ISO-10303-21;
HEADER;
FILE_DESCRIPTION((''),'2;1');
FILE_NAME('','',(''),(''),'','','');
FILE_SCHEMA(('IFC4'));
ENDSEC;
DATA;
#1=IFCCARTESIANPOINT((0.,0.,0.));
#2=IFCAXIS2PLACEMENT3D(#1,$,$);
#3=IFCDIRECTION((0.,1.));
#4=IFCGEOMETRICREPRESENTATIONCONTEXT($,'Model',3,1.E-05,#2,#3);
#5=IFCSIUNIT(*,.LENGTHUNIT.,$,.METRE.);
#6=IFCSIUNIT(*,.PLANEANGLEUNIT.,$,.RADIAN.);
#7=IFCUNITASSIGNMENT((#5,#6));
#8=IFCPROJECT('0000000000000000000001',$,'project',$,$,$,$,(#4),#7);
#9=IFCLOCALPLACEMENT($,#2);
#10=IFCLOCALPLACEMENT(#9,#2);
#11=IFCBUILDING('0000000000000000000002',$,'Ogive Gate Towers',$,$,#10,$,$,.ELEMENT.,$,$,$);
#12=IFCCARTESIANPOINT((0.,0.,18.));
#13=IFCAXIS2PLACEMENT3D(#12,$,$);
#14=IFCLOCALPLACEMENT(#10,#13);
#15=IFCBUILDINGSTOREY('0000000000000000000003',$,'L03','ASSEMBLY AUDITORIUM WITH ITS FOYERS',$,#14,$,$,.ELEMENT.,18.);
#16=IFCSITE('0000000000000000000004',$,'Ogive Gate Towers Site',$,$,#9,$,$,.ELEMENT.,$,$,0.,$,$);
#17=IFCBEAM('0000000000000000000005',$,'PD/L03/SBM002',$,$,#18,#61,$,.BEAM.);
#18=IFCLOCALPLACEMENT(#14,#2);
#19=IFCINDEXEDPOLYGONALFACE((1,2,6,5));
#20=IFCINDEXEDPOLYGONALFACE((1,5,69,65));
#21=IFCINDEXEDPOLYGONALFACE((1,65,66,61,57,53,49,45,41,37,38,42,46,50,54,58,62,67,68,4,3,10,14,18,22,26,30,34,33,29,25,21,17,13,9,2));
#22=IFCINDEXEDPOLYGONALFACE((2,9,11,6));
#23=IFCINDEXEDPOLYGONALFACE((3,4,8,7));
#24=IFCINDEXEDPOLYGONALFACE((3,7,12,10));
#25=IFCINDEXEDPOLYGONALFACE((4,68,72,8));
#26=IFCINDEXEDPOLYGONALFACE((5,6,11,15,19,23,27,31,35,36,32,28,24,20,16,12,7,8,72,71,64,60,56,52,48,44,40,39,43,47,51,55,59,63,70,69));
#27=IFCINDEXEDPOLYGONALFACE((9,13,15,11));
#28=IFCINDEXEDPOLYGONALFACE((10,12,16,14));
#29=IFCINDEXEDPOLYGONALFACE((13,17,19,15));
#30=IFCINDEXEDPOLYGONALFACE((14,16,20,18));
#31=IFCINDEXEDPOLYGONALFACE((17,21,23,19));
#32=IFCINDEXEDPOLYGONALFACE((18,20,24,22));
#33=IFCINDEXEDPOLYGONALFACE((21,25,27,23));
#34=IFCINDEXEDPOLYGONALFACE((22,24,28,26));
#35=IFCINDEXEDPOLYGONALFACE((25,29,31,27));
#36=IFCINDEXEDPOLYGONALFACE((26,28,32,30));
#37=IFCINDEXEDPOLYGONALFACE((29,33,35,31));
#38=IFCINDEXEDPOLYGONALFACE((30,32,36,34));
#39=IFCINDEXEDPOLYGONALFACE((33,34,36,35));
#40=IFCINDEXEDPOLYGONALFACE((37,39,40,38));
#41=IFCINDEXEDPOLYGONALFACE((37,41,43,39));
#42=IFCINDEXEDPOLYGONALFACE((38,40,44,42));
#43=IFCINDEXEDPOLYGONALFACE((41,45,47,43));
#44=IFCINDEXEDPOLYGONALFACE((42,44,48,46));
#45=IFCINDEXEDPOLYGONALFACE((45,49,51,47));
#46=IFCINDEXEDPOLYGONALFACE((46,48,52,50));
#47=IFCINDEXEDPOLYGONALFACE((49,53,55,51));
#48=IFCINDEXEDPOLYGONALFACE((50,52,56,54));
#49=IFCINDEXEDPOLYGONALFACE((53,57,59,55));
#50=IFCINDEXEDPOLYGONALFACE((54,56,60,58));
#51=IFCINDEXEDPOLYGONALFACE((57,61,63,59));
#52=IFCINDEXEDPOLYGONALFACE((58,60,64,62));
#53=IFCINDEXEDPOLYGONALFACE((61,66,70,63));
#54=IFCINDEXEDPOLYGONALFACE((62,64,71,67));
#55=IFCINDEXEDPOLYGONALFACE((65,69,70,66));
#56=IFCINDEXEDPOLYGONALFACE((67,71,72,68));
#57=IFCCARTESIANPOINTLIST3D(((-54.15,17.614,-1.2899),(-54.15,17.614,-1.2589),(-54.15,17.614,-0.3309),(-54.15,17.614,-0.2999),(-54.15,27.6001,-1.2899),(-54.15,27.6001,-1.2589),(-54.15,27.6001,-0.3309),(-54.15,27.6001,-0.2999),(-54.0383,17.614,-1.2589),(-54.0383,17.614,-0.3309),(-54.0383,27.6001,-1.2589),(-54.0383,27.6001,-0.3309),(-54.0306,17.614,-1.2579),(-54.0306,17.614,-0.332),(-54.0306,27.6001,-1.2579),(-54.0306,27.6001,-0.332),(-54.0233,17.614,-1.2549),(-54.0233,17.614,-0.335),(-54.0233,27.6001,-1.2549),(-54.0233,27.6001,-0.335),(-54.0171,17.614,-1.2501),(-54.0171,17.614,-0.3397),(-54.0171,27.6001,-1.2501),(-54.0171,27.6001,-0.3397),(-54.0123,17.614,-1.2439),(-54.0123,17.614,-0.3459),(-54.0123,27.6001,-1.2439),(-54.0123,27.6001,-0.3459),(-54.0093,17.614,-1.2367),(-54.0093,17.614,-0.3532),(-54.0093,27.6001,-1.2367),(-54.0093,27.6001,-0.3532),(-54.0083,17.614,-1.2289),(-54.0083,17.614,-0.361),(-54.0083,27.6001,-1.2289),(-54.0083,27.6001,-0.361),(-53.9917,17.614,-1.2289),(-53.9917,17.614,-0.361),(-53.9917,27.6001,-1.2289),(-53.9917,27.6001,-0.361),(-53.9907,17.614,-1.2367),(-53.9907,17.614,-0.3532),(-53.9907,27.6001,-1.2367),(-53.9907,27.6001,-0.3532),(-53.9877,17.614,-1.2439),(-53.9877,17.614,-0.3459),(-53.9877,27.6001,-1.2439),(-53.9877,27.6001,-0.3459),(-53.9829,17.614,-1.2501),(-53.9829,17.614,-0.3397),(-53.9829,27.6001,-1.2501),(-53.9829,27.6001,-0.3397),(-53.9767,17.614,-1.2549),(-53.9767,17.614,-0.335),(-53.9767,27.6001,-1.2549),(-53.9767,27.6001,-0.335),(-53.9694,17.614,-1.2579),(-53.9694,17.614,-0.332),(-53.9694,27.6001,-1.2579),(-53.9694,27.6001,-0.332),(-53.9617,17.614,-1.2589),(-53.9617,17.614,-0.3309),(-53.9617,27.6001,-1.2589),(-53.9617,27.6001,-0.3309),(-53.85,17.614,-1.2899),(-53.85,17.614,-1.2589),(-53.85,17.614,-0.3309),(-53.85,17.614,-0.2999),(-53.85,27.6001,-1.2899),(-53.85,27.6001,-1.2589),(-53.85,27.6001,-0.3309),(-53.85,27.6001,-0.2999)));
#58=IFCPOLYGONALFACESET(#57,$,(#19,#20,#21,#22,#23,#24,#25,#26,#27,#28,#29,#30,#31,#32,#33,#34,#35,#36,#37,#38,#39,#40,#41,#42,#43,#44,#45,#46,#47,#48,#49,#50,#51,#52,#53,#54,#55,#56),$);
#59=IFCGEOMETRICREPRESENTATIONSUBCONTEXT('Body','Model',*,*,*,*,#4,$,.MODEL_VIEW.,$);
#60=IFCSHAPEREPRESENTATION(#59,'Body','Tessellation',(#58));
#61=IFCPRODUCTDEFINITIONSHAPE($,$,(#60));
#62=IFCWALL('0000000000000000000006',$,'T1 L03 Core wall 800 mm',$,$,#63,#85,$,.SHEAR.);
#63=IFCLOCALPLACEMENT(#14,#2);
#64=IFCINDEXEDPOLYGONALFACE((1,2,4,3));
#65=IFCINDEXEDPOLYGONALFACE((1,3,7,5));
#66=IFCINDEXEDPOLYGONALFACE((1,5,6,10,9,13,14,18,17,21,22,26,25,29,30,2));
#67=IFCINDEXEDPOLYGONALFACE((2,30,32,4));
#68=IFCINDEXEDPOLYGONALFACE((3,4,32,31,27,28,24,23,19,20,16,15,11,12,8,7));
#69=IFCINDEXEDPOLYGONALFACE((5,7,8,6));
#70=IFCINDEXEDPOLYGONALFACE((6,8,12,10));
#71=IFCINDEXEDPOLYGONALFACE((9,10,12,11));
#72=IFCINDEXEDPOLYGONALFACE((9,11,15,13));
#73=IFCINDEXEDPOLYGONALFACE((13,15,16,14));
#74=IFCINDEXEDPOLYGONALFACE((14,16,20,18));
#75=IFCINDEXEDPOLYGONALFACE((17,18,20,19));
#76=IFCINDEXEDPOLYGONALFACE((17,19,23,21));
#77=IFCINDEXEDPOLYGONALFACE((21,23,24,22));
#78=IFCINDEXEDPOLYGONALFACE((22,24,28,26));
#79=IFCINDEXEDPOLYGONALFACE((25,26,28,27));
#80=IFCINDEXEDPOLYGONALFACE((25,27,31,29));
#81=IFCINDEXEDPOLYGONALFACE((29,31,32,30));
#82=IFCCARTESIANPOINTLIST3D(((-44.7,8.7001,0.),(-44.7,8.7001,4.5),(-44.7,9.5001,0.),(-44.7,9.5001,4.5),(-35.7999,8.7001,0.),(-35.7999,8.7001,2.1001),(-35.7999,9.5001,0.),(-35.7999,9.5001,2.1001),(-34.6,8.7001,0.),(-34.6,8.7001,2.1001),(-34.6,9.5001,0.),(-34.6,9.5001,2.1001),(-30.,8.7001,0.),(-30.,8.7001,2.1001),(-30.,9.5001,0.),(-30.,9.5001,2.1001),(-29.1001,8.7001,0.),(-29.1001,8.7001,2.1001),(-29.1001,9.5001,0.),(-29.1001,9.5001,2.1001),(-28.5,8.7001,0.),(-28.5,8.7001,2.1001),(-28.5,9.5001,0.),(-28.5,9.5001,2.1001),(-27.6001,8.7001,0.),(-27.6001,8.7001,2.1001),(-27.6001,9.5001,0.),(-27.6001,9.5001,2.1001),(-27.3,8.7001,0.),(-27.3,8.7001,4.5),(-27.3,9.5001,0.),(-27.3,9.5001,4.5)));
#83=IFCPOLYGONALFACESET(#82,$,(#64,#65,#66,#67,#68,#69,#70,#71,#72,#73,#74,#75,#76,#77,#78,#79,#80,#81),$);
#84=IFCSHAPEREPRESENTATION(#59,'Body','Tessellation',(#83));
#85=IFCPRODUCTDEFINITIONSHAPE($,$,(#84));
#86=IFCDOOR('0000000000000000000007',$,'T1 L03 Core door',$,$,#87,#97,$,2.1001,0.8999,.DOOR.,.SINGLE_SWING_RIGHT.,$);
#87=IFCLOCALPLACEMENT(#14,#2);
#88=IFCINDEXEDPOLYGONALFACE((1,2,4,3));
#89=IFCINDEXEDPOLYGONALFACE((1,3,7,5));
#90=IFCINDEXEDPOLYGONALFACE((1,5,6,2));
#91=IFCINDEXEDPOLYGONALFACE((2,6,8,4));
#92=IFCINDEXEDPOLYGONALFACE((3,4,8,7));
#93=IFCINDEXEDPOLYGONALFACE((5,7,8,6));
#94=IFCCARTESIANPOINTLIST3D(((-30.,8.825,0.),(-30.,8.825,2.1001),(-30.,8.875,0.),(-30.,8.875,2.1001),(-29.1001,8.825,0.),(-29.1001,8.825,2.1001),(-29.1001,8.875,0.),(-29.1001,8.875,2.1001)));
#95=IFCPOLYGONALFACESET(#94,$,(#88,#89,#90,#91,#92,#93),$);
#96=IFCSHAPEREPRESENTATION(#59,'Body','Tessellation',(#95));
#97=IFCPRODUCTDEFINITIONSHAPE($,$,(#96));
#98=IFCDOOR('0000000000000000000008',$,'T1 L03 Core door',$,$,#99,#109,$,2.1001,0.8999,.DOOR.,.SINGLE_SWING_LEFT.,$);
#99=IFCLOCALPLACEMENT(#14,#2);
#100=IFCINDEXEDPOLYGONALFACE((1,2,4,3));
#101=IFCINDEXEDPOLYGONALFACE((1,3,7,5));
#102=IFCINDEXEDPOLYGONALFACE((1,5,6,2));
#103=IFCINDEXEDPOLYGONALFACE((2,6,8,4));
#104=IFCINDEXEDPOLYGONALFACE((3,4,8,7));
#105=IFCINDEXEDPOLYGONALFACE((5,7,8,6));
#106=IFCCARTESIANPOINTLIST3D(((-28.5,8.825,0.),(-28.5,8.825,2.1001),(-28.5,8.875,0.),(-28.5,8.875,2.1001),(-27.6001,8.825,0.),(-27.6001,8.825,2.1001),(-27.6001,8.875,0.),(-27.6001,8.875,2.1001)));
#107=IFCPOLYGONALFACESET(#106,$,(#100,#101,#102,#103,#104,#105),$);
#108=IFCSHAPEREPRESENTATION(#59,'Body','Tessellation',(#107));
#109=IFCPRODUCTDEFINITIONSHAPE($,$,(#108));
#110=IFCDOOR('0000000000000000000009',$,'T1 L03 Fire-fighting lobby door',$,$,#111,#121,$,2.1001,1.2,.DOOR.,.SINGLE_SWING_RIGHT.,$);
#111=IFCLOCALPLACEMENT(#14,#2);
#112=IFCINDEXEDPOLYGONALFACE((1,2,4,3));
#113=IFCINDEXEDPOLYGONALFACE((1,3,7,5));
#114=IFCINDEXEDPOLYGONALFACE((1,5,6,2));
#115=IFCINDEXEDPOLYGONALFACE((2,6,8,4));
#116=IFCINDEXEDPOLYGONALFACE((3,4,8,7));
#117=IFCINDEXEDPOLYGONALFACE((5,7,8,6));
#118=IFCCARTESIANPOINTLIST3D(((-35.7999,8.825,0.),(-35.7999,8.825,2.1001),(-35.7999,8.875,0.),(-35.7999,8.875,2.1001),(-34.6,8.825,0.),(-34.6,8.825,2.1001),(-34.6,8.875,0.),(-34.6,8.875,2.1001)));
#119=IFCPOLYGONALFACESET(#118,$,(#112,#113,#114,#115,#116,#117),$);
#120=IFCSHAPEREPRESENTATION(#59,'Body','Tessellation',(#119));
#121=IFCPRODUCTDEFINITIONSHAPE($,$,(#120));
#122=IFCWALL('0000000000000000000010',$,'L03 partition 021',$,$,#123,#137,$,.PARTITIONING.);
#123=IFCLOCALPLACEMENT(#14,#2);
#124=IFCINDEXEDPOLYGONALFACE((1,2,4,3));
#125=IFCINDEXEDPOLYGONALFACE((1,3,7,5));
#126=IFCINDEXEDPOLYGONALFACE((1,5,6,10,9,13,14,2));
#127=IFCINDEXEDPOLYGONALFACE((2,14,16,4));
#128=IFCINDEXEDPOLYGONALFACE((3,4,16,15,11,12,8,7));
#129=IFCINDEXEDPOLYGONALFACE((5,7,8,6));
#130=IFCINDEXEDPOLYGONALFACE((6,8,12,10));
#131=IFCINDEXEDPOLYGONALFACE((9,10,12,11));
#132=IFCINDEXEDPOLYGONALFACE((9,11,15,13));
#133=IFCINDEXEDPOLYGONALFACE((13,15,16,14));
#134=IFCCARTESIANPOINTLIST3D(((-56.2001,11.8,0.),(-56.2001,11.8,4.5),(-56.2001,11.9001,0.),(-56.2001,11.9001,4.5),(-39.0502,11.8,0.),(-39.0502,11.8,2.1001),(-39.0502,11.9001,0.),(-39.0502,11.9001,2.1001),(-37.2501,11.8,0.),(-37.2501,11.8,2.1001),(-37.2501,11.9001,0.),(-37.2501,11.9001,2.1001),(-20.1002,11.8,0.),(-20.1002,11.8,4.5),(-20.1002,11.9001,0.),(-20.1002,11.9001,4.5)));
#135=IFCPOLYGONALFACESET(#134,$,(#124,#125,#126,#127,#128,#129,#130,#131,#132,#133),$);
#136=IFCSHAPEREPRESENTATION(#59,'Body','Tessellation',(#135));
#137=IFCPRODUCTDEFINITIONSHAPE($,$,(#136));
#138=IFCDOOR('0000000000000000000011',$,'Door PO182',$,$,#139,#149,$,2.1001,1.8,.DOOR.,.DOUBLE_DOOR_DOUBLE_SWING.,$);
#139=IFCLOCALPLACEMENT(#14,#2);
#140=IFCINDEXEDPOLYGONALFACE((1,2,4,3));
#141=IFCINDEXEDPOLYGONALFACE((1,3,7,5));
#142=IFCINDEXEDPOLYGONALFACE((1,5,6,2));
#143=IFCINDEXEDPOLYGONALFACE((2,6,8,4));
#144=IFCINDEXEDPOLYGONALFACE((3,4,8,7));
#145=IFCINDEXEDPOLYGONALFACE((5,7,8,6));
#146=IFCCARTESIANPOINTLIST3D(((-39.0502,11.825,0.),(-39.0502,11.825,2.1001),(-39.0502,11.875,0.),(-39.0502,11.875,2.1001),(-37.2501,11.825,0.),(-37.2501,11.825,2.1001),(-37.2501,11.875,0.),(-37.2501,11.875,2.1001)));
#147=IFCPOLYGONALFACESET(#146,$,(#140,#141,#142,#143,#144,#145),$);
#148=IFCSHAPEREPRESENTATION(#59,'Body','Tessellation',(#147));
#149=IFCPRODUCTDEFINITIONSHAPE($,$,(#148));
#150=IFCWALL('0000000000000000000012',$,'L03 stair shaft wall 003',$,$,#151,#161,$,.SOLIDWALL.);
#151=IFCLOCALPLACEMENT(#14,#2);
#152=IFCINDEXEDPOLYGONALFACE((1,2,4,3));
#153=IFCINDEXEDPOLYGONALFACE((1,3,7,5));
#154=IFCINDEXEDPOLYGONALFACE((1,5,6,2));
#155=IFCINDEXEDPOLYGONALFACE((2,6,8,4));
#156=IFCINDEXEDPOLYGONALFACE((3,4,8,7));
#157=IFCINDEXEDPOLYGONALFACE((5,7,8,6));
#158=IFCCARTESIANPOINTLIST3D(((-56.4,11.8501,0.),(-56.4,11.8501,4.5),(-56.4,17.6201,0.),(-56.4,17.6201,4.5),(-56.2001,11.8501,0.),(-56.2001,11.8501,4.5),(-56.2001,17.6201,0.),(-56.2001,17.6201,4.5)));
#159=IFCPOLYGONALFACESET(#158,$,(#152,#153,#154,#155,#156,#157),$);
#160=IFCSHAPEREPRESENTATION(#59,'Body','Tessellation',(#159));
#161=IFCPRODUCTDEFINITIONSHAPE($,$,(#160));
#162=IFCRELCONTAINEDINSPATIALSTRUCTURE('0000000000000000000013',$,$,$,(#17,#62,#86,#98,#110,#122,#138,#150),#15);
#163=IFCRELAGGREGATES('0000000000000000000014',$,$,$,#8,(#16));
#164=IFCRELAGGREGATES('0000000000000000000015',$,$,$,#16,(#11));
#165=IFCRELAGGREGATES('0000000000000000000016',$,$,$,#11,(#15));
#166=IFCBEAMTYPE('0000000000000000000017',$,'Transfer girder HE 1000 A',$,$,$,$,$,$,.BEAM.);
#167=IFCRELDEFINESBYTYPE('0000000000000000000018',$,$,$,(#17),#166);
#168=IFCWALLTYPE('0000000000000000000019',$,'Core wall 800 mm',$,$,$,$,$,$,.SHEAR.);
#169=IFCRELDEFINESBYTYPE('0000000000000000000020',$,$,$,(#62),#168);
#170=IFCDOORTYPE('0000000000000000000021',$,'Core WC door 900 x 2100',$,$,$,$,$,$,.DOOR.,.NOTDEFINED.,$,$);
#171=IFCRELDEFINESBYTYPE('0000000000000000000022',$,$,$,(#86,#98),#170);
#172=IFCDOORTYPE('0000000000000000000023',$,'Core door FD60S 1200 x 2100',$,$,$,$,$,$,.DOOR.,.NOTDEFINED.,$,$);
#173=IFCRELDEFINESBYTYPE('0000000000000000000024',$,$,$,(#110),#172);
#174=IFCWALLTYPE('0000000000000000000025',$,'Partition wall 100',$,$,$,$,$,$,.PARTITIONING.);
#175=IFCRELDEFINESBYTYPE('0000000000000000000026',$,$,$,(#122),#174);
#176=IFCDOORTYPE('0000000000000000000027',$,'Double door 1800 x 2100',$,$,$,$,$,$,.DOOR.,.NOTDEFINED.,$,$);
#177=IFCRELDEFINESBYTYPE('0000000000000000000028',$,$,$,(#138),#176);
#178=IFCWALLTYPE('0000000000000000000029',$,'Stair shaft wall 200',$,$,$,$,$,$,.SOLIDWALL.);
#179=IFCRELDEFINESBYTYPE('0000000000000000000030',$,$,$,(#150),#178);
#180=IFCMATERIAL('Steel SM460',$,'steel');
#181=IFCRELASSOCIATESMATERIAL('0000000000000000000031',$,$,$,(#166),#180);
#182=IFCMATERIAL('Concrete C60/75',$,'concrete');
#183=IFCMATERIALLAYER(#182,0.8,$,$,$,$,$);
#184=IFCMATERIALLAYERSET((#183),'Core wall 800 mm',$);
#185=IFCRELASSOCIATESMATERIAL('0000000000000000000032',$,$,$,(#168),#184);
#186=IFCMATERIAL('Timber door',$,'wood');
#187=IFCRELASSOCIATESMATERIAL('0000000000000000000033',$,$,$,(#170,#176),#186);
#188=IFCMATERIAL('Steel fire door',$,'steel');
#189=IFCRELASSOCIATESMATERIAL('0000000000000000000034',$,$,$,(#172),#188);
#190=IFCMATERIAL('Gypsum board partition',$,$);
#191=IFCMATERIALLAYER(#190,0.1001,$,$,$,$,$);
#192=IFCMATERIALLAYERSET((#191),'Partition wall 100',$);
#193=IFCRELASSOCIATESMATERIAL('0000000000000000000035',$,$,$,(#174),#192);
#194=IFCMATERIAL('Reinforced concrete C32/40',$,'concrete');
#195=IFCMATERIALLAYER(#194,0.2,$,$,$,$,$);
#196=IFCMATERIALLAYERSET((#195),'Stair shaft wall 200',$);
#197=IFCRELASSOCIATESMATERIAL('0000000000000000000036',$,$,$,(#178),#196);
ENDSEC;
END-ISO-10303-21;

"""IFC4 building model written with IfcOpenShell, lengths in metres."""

from ifc_helpers import new_model, si_unit, direction, frame, frame_2d, origin, origin_2d, place, context, subcontext, project, spatial, rectangle, i_section, extrude, material, layer, layer_set, material_profile, profile_set, type_object, element, fill, save


model = new_model("IFC4")

# Units and contexts
model_context = context("Model", 3, precision=1e-05, world=origin(), true_north=direction((0.0, 1.0)))
body_context = subcontext(model_context, "Body", "Model", "MODEL_VIEW")
ifc_project = project(units=[si_unit("LENGTHUNIT", "METRE"), si_unit("PLANEANGLEUNIT", "RADIAN")], contexts=[model_context])

# Site, building, storey
site_placement = place(None, origin())
site = spatial("IfcSite", under=ifc_project, at=site_placement, Name="Ogive Gate Towers Site", CompositionType="ELEMENT", RefElevation=0.0)
building_placement = place(site_placement, origin())
building = spatial("IfcBuilding", under=site, at=building_placement, Name="Ogive Gate Towers", CompositionType="ELEMENT")
storey_placement = place(building_placement, frame((0.0, 0.0, 18.0)))
storey = spatial("IfcBuildingStorey", under=building, at=storey_placement, Name="L03", Description="ASSEMBLY AUDITORIUM WITH ITS FOYERS", CompositionType="ELEMENT", Elevation=18.0)

# Beam
ifc_material_1 = material(Name="Steel SM460", Category="steel")
ifc_material_profile_1 = material_profile(ifc_material_1, i_section(OverallWidth=0.3, OverallDepth=0.99, WebThickness=0.0166, FlangeThickness=0.031, FilletRadius=0.03, at=origin_2d()), Name="HE 1000 A")
ifc_profile_set_1 = profile_set([ifc_material_profile_1], Name="Steel SM460")
beam_type_1 = type_object("IfcBeamType", Name="Transfer girder HE 1000 A", PredefinedType="BEAM", material=ifc_profile_set_1)
beam_1_placement = place(storey_placement, frame((-54.0, 17.614, -0.7949), z_axis=(0.0, 1.0, 0.0), x_axis=(-1.0, 0.0, 0.0)))
element("IfcBeam", 1, at=beam_1_placement, inside=storey, type_object=beam_type_1, Name="PD/L03/SBM002", PredefinedType="BEAM", context=body_context, shape_type="SweptSolid", body=[
    extrude(i_section(OverallWidth=0.3, OverallDepth=0.99, WebThickness=0.0166, FlangeThickness=0.031, FilletRadius=0.03, at=origin_2d()), origin(), (0.0, 0.0, 1.0), 9.9861),
])

# Wall, openings, doors
ifc_material_2 = material(Name="Concrete C60/75", Category="concrete")
ifc_layer_1 = layer(ifc_material_2, 0.8)
ifc_layer_set_1 = layer_set([ifc_layer_1], Name="Core wall 800 mm")
wall_type_1 = type_object("IfcWallType", Name="Core wall 800 mm", PredefinedType="SHEAR", material=ifc_layer_set_1)
wall_1_placement = place(storey_placement, frame((-44.7, 9.1001, 0.0), z_axis=(0.0, 0.0, 1.0), x_axis=(1.0, 0.0, 0.0)))
wall_1 = element("IfcWall", 2, at=wall_1_placement, inside=storey, type_object=wall_type_1, Name="T1 L03 Core wall 800 mm", PredefinedType="SHEAR", context=body_context, shape_type="SweptSolid", body=[
    extrude(rectangle(XDim=17.3999, YDim=0.8, at=frame_2d((8.7, 0.0))), origin(), (0.0, 0.0, 1.0), 4.5),
])
opening_1_placement = place(wall_1_placement, frame((8.8999, 0.0, 0.0)))
opening_1 = element("IfcOpeningElement", 3, at=opening_1_placement, cuts=wall_1, PredefinedType="OPENING", context=body_context, shape_type="SweptSolid", body=[
    extrude(rectangle(XDim=1.2, YDim=2.1001, at=frame_2d((0.6001, 1.05))), frame((0.0, 0.4102, 0.0), z_axis=(0.0, -1.0, 0.0), x_axis=(1.0, 0.0, 0.0)), (0.0, 0.0, 1.0), 0.8201),
])
opening_2_placement = place(wall_1_placement, frame((14.7, 0.0, 0.0)))
opening_2 = element("IfcOpeningElement", 4, at=opening_2_placement, cuts=wall_1, PredefinedType="OPENING", context=body_context, shape_type="SweptSolid", body=[
    extrude(rectangle(XDim=0.8999, YDim=2.1001, at=frame_2d((0.45, 1.05))), frame((0.0, 0.4102, 0.0), z_axis=(0.0, -1.0, 0.0), x_axis=(1.0, 0.0, 0.0)), (0.0, 0.0, 1.0), 0.8201),
])
opening_3_placement = place(wall_1_placement, frame((16.2, 0.0, 0.0)))
opening_3 = element("IfcOpeningElement", 5, at=opening_3_placement, cuts=wall_1, PredefinedType="OPENING", context=body_context, shape_type="SweptSolid", body=[
    extrude(rectangle(XDim=0.8999, YDim=2.1001, at=frame_2d((0.45, 1.05))), frame((0.0, 0.4102, 0.0), z_axis=(0.0, -1.0, 0.0), x_axis=(1.0, 0.0, 0.0)), (0.0, 0.0, 1.0), 0.8201),
])
ifc_material_3 = material(Name="Timber door", Category="wood")
door_type_1 = type_object("IfcDoorType", Name="Core WC door 900 x 2100", OperationType="NOTDEFINED", PredefinedType="DOOR", material=ifc_material_3)
door_1_placement = place(opening_2_placement, origin())
door_1 = element("IfcDoor", 6, at=door_1_placement, inside=storey, type_object=door_type_1, Name="T1 L03 Core door", OperationType="SINGLE_SWING_RIGHT", OverallHeight=2.1001, OverallWidth=0.8999, PredefinedType="DOOR", context=body_context, shape_type="SweptSolid", body=[
    extrude(rectangle(XDim=0.8999, YDim=2.1001, at=frame_2d((0.45, 1.05))), frame((0.0, -0.2251, 0.0), z_axis=(0.0, -1.0, 0.0), x_axis=(1.0, 0.0, 0.0)), (0.0, 0.0, 1.0), 0.05),
])
fill(opening_2, door_1)
door_2_placement = place(opening_3_placement, origin())
door_2 = element("IfcDoor", 7, at=door_2_placement, inside=storey, type_object=door_type_1, Name="T1 L03 Core door", OperationType="SINGLE_SWING_LEFT", OverallHeight=2.1001, OverallWidth=0.8999, PredefinedType="DOOR", context=body_context, shape_type="SweptSolid", body=[
    extrude(rectangle(XDim=0.8999, YDim=2.1001, at=frame_2d((0.45, 1.05))), frame((0.0, -0.2251, 0.0), z_axis=(0.0, -1.0, 0.0), x_axis=(1.0, 0.0, 0.0)), (0.0, 0.0, 1.0), 0.05),
])
fill(opening_3, door_2)
ifc_material_4 = material(Name="Steel fire door", Category="steel")
door_type_2 = type_object("IfcDoorType", Name="Core door FD60S 1200 x 2100", OperationType="NOTDEFINED", PredefinedType="DOOR", material=ifc_material_4)
door_3_placement = place(opening_1_placement, origin())
door_3 = element("IfcDoor", 8, at=door_3_placement, inside=storey, type_object=door_type_2, Name="T1 L03 Fire-fighting lobby door", OperationType="SINGLE_SWING_RIGHT", OverallHeight=2.1001, OverallWidth=1.2, PredefinedType="DOOR", context=body_context, shape_type="SweptSolid", body=[
    extrude(rectangle(XDim=1.2, YDim=2.1001, at=frame_2d((0.6001, 1.05))), frame((0.0, -0.2251, 0.0), z_axis=(0.0, -1.0, 0.0), x_axis=(1.0, 0.0, 0.0)), (0.0, 0.0, 1.0), 0.05),
])
fill(opening_1, door_3)

# Wall, opening, door
ifc_material_5 = material(Name="Gypsum board partition")
ifc_layer_2 = layer(ifc_material_5, 0.1001)
ifc_layer_set_2 = layer_set([ifc_layer_2], Name="Partition wall 100")
wall_type_2 = type_object("IfcWallType", Name="Partition wall 100", PredefinedType="PARTITIONING", material=ifc_layer_set_2)
wall_2_placement = place(storey_placement, frame((-56.2, 11.8501, 0.0), z_axis=(0.0, 0.0, 1.0), x_axis=(1.0, 0.0, 0.0)))
wall_2 = element("IfcWall", 9, at=wall_2_placement, inside=storey, type_object=wall_type_2, Name="L03 partition 021", PredefinedType="PARTITIONING", context=body_context, shape_type="SweptSolid", body=[
    extrude(rectangle(XDim=36.0999, YDim=0.1001, at=frame_2d((18.0498, 0.0))), origin(), (0.0, 0.0, 1.0), 4.5),
])
opening_4_placement = place(wall_2_placement, frame((17.1499, 0.0, 0.0)))
opening_4 = element("IfcOpeningElement", 10, at=opening_4_placement, cuts=wall_2, PredefinedType="OPENING", context=body_context, shape_type="SweptSolid", body=[
    extrude(rectangle(XDim=1.8, YDim=2.1001, at=frame_2d((0.8999, 1.05))), frame((0.0, 0.0601, 0.0), z_axis=(0.0, -1.0, 0.0), x_axis=(1.0, 0.0, 0.0)), (0.0, 0.0, 1.0), 0.1201),
])
door_type_3 = type_object("IfcDoorType", Name="Double door 1800 x 2100", OperationType="NOTDEFINED", PredefinedType="DOOR", material=ifc_material_3)
door_4_placement = place(opening_4_placement, origin())
door_4 = element("IfcDoor", 11, at=door_4_placement, inside=storey, type_object=door_type_3, Name="Door PO182", OperationType="DOUBLE_DOOR_DOUBLE_SWING", OverallHeight=2.1001, OverallWidth=1.8, PredefinedType="DOOR", context=body_context, shape_type="SweptSolid", body=[
    extrude(rectangle(XDim=1.8, YDim=2.1001, at=frame_2d((0.8999, 1.05))), frame((0.0, 0.0249, 0.0), z_axis=(0.0, -1.0, 0.0), x_axis=(1.0, 0.0, 0.0)), (0.0, 0.0, 1.0), 0.05),
])
fill(opening_4, door_4)

# Wall
ifc_material_6 = material(Name="Reinforced concrete C32/40", Category="concrete")
ifc_layer_3 = layer(ifc_material_6, 0.2)
ifc_layer_set_3 = layer_set([ifc_layer_3], Name="Stair shaft wall 200")
wall_type_3 = type_object("IfcWallType", Name="Stair shaft wall 200", PredefinedType="SOLIDWALL", material=ifc_layer_set_3)
wall_3_placement = place(storey_placement, frame((-56.3, 11.8501, 0.0), z_axis=(0.0, 0.0, 1.0), x_axis=(0.0, 1.0, 0.0)))
element("IfcWall", 12, at=wall_3_placement, inside=storey, type_object=wall_type_3, Name="L03 stair shaft wall 003", PredefinedType="SOLIDWALL", context=body_context, shape_type="SweptSolid", body=[
    extrude(rectangle(XDim=5.77, YDim=0.2, at=frame_2d((2.885, 0.0))), origin(), (0.0, 0.0, 1.0), 4.5),
])

save(model, "model.ifc")
